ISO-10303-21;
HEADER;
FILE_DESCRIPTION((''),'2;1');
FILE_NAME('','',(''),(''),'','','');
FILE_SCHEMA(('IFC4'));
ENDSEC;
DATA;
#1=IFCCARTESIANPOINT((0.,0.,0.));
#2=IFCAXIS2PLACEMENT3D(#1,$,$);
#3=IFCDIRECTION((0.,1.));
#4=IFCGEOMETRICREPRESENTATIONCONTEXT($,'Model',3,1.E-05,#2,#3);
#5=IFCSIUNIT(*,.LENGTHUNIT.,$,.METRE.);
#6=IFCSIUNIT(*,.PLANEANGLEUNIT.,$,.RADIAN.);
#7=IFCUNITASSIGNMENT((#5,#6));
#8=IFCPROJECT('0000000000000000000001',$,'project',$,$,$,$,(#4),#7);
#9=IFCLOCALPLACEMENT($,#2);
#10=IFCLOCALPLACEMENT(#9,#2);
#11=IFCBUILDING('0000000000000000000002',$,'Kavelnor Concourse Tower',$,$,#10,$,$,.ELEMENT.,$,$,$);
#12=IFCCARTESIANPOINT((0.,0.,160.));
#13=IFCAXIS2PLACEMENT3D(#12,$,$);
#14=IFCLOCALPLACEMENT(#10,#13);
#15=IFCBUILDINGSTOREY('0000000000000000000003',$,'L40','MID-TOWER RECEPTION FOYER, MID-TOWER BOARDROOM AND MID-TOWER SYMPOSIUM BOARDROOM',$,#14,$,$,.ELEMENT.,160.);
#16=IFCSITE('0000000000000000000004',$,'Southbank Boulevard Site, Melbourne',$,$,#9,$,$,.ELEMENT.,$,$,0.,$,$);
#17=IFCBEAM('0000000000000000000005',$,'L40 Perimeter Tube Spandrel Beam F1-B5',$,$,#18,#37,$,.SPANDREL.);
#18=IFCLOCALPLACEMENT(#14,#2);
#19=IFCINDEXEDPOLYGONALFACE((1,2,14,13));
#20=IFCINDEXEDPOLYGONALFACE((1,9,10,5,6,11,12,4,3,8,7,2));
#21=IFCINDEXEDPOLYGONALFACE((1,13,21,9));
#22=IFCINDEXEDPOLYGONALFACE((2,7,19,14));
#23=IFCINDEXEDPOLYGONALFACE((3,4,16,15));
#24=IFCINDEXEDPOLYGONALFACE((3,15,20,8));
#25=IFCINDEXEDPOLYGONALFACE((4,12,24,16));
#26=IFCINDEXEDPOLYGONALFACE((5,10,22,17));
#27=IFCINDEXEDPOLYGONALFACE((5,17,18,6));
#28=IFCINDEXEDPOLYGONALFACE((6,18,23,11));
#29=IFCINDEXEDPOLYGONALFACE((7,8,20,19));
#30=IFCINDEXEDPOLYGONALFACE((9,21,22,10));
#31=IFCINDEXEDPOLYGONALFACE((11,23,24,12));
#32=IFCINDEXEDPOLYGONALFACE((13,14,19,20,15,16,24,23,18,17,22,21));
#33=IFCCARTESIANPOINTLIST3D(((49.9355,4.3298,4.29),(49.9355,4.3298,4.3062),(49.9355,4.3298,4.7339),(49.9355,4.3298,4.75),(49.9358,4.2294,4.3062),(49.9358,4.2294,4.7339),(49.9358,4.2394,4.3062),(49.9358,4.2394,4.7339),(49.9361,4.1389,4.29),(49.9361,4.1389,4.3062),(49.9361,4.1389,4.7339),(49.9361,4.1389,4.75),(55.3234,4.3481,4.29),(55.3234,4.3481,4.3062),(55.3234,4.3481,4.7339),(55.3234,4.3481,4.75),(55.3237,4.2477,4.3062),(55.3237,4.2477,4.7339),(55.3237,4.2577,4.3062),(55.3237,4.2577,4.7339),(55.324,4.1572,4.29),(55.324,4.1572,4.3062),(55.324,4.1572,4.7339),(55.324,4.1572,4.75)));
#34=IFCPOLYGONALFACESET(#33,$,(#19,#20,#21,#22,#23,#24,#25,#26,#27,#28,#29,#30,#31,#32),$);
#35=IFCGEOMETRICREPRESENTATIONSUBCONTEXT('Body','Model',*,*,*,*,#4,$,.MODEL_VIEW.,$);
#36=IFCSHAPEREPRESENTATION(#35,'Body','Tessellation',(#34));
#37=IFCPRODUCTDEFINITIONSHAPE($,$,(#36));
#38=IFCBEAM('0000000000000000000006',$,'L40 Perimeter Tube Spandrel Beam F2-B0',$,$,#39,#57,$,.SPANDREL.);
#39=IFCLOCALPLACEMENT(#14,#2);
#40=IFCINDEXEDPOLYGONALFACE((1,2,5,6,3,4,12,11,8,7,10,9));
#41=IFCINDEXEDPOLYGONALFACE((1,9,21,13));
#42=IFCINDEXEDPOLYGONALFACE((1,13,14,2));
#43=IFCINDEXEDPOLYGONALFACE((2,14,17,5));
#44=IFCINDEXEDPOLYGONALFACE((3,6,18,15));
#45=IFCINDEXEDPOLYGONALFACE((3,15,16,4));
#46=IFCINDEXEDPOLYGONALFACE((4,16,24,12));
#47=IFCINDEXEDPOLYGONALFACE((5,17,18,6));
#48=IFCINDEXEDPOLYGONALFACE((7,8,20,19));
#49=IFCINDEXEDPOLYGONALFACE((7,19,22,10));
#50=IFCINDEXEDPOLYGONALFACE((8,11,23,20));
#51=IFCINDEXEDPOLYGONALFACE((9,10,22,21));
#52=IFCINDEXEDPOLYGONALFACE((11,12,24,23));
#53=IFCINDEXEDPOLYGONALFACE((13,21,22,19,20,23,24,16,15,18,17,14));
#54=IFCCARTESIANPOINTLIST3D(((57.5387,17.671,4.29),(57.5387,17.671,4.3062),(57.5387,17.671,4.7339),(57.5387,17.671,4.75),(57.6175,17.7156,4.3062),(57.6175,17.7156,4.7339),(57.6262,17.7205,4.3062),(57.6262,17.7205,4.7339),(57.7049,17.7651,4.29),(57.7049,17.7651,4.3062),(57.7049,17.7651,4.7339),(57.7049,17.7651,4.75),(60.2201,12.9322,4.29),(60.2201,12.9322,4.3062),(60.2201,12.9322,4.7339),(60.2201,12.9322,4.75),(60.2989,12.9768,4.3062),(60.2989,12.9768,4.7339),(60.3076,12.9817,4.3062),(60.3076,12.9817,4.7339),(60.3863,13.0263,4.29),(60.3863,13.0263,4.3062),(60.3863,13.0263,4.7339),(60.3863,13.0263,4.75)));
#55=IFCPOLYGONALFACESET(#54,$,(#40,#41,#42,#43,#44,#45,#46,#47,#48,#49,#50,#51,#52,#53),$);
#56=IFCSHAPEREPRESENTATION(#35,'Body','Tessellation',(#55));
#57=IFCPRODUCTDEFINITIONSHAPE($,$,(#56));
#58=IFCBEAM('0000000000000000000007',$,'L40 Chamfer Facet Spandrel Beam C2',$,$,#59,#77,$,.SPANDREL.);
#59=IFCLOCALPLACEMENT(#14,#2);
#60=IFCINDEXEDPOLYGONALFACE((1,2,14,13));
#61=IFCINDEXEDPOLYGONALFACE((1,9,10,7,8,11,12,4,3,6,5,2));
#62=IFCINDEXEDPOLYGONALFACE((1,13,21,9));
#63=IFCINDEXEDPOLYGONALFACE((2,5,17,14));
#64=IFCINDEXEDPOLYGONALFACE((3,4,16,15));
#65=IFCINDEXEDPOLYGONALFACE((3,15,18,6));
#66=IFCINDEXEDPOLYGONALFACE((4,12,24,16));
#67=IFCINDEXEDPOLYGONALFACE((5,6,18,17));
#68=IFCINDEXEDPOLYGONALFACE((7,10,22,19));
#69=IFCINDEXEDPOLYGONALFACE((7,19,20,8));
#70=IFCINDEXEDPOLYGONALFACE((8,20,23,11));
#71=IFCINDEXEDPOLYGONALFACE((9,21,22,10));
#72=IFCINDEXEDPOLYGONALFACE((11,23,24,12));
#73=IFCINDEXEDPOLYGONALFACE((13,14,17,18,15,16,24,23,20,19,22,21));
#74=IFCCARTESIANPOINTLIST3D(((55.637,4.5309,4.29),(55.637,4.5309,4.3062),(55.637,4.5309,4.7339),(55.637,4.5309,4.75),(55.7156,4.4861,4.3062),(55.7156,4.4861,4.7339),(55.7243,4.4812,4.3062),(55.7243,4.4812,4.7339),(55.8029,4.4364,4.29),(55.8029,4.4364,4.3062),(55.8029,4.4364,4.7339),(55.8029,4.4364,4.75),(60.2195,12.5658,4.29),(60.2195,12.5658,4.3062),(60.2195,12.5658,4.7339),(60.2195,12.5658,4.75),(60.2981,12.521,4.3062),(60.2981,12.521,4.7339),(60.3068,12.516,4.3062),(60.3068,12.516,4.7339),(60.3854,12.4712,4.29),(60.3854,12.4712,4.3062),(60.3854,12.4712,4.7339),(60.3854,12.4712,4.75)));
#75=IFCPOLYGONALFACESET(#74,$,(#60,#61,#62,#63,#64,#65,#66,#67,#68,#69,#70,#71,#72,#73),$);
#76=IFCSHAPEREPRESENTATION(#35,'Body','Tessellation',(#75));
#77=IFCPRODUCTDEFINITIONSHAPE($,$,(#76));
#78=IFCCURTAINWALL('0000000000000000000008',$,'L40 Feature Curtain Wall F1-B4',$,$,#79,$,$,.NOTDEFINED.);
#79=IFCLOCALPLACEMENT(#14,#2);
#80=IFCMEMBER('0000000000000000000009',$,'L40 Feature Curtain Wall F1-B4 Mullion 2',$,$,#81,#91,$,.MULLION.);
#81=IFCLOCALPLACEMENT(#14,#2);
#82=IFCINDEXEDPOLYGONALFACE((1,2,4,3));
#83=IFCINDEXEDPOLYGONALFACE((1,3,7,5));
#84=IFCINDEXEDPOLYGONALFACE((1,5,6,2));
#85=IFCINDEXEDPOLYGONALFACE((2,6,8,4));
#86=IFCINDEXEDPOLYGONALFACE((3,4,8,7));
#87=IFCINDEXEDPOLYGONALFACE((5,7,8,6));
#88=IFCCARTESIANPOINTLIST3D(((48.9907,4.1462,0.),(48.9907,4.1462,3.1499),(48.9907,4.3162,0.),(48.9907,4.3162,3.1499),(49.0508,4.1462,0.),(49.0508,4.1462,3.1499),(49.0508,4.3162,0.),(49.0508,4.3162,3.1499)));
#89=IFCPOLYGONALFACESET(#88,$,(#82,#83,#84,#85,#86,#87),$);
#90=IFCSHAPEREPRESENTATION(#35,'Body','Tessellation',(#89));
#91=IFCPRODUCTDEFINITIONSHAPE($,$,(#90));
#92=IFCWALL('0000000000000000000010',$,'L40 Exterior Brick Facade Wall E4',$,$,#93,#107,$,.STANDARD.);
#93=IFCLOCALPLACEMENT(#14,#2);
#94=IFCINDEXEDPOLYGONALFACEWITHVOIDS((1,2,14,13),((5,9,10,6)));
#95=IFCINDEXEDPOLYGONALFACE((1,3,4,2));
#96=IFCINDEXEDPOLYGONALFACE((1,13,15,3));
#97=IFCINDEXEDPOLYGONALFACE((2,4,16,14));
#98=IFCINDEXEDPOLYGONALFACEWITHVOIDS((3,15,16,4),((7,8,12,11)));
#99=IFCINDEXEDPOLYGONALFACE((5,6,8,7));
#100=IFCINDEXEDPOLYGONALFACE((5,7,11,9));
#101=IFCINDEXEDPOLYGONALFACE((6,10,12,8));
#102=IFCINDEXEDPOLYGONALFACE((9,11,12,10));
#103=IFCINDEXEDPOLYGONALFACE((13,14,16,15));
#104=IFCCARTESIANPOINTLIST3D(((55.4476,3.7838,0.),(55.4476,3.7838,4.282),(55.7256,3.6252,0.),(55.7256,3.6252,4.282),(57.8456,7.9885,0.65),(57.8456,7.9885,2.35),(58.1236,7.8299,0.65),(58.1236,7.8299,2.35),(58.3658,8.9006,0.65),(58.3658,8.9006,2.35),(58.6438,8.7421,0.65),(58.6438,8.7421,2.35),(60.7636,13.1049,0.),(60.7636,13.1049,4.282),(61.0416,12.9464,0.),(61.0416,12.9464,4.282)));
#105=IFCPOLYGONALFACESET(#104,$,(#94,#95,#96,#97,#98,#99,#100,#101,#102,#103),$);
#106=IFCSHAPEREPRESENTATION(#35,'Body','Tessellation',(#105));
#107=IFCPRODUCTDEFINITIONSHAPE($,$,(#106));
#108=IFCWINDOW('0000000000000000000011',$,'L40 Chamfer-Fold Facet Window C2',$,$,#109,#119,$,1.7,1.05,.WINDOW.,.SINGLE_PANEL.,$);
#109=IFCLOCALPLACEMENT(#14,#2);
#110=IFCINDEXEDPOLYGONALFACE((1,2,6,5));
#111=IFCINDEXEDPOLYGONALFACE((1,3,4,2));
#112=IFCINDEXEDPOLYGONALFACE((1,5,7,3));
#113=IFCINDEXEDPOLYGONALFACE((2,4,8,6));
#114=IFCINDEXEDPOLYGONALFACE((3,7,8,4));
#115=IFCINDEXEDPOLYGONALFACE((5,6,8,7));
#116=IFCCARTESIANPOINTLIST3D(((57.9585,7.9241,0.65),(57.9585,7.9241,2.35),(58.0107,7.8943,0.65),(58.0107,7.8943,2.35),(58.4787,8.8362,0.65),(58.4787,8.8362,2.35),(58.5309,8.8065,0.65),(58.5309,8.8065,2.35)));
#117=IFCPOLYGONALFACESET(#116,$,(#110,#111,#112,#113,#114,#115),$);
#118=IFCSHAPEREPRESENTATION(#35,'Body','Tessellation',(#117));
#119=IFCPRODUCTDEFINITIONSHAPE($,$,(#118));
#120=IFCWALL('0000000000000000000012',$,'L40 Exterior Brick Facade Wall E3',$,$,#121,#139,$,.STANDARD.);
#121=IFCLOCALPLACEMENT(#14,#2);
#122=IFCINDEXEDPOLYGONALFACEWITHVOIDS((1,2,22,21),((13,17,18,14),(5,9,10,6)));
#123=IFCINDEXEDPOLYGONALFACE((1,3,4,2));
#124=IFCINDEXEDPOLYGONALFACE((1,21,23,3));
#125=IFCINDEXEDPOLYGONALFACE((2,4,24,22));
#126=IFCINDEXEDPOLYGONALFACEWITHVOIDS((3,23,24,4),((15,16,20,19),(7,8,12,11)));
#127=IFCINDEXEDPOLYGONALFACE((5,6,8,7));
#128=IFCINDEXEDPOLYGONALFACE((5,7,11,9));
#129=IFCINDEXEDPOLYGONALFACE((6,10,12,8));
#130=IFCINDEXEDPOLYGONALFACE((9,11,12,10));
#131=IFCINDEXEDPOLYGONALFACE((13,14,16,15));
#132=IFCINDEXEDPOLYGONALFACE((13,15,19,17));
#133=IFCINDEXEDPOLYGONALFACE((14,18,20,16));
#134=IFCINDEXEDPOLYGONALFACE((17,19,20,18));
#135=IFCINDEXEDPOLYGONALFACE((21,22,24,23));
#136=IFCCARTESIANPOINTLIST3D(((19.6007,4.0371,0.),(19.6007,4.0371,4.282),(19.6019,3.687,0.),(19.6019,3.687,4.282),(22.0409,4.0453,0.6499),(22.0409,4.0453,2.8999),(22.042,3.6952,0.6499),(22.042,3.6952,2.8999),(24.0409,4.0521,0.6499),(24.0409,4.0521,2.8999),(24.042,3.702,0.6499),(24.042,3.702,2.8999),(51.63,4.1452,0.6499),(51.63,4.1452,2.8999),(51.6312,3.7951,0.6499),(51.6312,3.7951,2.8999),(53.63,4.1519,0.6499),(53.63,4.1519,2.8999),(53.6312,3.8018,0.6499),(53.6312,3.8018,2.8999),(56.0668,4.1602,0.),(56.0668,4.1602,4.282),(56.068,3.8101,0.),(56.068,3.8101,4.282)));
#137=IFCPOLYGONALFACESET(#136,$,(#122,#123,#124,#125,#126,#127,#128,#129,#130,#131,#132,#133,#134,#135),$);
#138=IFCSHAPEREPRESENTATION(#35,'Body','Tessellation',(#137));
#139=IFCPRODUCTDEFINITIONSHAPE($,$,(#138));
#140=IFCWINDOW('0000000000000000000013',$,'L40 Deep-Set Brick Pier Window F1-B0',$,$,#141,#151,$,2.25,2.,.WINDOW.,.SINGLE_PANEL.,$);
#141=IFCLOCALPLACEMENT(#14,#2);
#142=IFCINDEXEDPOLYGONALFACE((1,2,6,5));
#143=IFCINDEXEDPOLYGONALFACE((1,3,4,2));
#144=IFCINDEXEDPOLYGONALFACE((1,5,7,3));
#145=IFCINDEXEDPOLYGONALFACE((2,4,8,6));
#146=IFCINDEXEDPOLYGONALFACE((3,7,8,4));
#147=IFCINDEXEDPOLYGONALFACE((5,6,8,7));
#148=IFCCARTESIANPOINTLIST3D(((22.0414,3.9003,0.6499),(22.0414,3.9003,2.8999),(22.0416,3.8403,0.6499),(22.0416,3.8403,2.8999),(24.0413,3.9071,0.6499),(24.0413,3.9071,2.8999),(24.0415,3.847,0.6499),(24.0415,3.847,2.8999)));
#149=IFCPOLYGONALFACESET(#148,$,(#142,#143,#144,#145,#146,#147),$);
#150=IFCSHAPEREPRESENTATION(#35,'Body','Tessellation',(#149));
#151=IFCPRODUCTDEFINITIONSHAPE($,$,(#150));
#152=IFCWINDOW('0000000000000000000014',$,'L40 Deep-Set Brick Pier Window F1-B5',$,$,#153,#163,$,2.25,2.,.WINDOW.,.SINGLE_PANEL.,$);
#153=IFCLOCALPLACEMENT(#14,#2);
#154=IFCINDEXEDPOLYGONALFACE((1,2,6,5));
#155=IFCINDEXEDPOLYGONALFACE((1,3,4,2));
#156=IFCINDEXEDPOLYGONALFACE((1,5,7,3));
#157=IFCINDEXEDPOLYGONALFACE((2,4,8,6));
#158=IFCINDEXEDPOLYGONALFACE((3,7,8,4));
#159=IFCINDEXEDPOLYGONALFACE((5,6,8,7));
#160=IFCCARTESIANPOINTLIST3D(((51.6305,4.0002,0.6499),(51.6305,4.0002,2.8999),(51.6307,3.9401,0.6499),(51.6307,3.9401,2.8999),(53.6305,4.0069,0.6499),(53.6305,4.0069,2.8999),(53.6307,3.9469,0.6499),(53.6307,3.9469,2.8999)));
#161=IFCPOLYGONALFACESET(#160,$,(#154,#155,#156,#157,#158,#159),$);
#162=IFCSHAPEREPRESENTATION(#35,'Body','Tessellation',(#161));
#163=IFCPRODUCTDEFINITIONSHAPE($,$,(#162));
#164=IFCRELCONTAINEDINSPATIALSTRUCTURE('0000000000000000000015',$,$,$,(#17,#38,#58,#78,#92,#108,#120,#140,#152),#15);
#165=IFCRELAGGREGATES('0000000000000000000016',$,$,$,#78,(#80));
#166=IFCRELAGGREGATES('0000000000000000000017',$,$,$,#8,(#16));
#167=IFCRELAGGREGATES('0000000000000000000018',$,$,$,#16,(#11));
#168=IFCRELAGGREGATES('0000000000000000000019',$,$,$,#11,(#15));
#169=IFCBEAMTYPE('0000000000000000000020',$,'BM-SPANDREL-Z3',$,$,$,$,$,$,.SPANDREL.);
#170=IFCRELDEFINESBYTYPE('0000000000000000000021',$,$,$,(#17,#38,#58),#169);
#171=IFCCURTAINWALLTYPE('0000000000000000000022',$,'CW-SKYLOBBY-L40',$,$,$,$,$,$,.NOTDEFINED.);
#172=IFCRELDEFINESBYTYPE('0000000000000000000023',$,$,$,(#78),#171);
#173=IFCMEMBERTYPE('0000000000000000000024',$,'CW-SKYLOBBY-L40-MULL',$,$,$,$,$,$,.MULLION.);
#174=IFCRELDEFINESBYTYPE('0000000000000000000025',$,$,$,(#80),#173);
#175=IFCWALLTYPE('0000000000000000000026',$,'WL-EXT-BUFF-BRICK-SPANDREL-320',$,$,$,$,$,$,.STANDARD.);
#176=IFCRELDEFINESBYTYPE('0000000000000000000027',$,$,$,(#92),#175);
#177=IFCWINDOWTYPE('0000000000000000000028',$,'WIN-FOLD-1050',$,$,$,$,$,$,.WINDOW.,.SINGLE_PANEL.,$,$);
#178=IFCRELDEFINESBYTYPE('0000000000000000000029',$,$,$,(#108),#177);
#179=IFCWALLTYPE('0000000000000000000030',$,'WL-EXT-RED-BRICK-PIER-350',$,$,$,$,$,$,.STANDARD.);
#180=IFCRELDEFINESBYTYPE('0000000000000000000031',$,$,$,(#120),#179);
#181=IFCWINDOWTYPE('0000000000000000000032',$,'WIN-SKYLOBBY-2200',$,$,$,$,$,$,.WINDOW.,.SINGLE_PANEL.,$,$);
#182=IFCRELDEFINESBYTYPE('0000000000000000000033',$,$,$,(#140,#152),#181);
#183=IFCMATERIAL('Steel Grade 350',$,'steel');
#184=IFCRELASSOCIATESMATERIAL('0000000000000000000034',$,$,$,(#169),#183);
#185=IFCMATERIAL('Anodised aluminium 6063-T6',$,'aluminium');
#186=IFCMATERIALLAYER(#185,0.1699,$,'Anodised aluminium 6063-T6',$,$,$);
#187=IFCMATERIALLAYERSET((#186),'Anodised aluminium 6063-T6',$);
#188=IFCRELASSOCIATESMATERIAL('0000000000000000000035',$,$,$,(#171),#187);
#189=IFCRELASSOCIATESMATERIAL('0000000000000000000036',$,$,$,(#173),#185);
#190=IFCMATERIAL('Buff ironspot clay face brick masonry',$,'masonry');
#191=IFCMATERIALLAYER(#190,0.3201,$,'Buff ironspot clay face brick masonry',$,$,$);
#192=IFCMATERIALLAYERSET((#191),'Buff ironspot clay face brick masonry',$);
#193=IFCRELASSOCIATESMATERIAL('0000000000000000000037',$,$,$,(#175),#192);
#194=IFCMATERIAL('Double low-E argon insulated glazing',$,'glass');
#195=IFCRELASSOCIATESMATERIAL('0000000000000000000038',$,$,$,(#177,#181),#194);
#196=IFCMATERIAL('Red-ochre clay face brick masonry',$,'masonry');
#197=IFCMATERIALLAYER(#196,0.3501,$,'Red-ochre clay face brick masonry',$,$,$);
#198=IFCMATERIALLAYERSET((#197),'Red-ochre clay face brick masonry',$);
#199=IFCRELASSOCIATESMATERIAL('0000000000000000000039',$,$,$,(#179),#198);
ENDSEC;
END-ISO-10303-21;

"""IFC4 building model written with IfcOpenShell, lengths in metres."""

from ifc_helpers import new_model, si_unit, direction, frame, frame_2d, origin, origin_2d, place, context, subcontext, project, spatial, rectangle, i_section, extrude, material, layer, layer_set, material_profile, profile_set, type_object, element, fill, aggregate, save


model = new_model("IFC4")

# Units and contexts
model_context = context("Model", 3, precision=1e-05, world=origin(), true_north=direction((0.0, 1.0)))
body_context = subcontext(model_context, "Body", "Model", "MODEL_VIEW")
ifc_project = project(units=[si_unit("LENGTHUNIT", "METRE"), si_unit("PLANEANGLEUNIT", "RADIAN")], contexts=[model_context])

# Site, building, storey
site_placement = place(None, origin())
site = spatial("IfcSite", under=ifc_project, at=site_placement, Name="Southbank Boulevard Site, Melbourne", CompositionType="ELEMENT", RefElevation=0.0)
building_placement = place(site_placement, origin())
building = spatial("IfcBuilding", under=site, at=building_placement, Name="Kavelnor Concourse Tower", CompositionType="ELEMENT")
storey_placement = place(building_placement, frame((0.0, 0.0, 160.0)))
storey = spatial("IfcBuildingStorey", under=building, at=storey_placement, Name="L40", Description="MID-TOWER RECEPTION FOYER, MID-TOWER BOARDROOM AND MID-TOWER SYMPOSIUM BOARDROOM", CompositionType="ELEMENT", Elevation=160.0)

# Shared definitions
ifc_material_1 = material(Name="Steel Grade 350", Category="steel")

# Beams
ifc_material_profile_1 = material_profile(ifc_material_1, i_section(OverallWidth=0.1909, OverallDepth=0.46, WebThickness=0.01, FlangeThickness=0.0161, at=origin_2d()), Name="460UB82")
ifc_profile_set_1 = profile_set([ifc_material_profile_1], Name="Steel Grade 350")
beam_type_1 = type_object("IfcBeamType", Name="BM-SPANDREL-Z3", PredefinedType="SPANDREL", material=ifc_profile_set_1)
beam_1_placement = place(storey_placement, frame((49.9358, 4.2344, 4.52), z_axis=(0.999994, 0.003398, 0.0), x_axis=(-0.003398, 0.999994, 0.0)))
element("IfcBeam", 1, at=beam_1_placement, inside=storey, type_object=beam_type_1, Name="L40 Perimeter Tube Spandrel Beam F1-B5", PredefinedType="SPANDREL", context=body_context, shape_type="SweptSolid", body=[
    extrude(i_section(OverallWidth=0.1909, OverallDepth=0.46, WebThickness=0.01, FlangeThickness=0.0161, at=origin_2d()), origin(), (0.0, 0.0, 1.0), 5.3879),
])
beam_2_placement = place(storey_placement, frame((60.3032, 12.9792, 4.52), z_axis=(-0.492469, 0.87033, 0.0), x_axis=(-0.87033, -0.492469, 0.0)))
element("IfcBeam", 2, at=beam_2_placement, inside=storey, type_object=beam_type_1, Name="L40 Perimeter Tube Spandrel Beam F2-B0", PredefinedType="SPANDREL", context=body_context, shape_type="SweptSolid", body=[
    extrude(i_section(OverallWidth=0.1909, OverallDepth=0.46, WebThickness=0.01, FlangeThickness=0.0161, at=origin_2d()), origin(), (0.0, 0.0, 1.0), 5.4448),
])
beam_3_placement = place(storey_placement, frame((55.72, 4.4836, 4.52), z_axis=(0.495417, 0.868655, 0.0), x_axis=(-0.868655, 0.495417, 0.0)))
element("IfcBeam", 3, at=beam_3_placement, inside=storey, type_object=beam_type_1, Name="L40 Chamfer Facet Spandrel Beam C2", PredefinedType="SPANDREL", context=body_context, shape_type="SweptSolid", body=[
    extrude(i_section(OverallWidth=0.1909, OverallDepth=0.46, WebThickness=0.01, FlangeThickness=0.0161, at=origin_2d()), origin(), (0.0, 0.0, 1.0), 9.2498),
])

# Curtain wall, member
ifc_material_2 = material(Name="Anodised aluminium 6063-T6", Category="aluminium")
ifc_layer_1 = layer(ifc_material_2, 0.1699, Name="Anodised aluminium 6063-T6")
ifc_layer_set_1 = layer_set([ifc_layer_1], Name="Anodised aluminium 6063-T6")
curtain_wall_type = type_object("IfcCurtainWallType", Name="CW-SKYLOBBY-L40", PredefinedType="NOTDEFINED", material=ifc_layer_set_1)
curtain_wall_placement = place(storey_placement, origin())
curtain_wall = element("IfcCurtainWall", 4, at=curtain_wall_placement, inside=storey, type_object=curtain_wall_type, Name="L40 Feature Curtain Wall F1-B4", PredefinedType="NOTDEFINED")
ifc_material_profile_2 = material_profile(ifc_material_2, rectangle(XDim=0.0601, YDim=0.1699, at=origin_2d()), Name="AL-MULL 60x170")
ifc_profile_set_2 = profile_set([ifc_material_profile_2], Name="Anodised aluminium 6063-T6")
member_type = type_object("IfcMemberType", Name="CW-SKYLOBBY-L40-MULL", PredefinedType="MULLION", material=ifc_profile_set_2)
member_placement = place(storey_placement, frame((49.0208, 4.2312, 0.0), z_axis=(0.0, 0.0, 1.0), x_axis=(1.0, 0.0, 0.0)))
member = element("IfcMember", 5, at=member_placement, type_object=member_type, Name="L40 Feature Curtain Wall F1-B4 Mullion 2", PredefinedType="MULLION", context=body_context, shape_type="SweptSolid", body=[
    extrude(rectangle(XDim=0.0601, YDim=0.1699, at=origin_2d()), origin(), (0.0, 0.0, 1.0), 3.1499),
])
aggregate(curtain_wall, [member])

# Wall, opening, window
ifc_material_3 = material(Name="Buff ironspot clay face brick masonry", Category="masonry")
ifc_layer_2 = layer(ifc_material_3, 0.3201, Name="Buff ironspot clay face brick masonry")
ifc_layer_set_2 = layer_set([ifc_layer_2], Name="Buff ironspot clay face brick masonry")
wall_type_1 = type_object("IfcWallType", Name="WL-EXT-BUFF-BRICK-SPANDREL-320", PredefinedType="STANDARD", material=ifc_layer_set_2)
wall_1_placement = place(storey_placement, frame((60.9026, 13.0256, 0.0), z_axis=(0.0, 0.0, 1.0), x_axis=(-0.495409, -0.86866, 0.0)))
wall_1 = element("IfcWall", 6, at=wall_1_placement, inside=storey, type_object=wall_type_1, Name="L40 Exterior Brick Facade Wall E4", PredefinedType="STANDARD", context=body_context, shape_type="SweptSolid", body=[
    extrude(rectangle(XDim=10.7305, YDim=0.3201, at=frame_2d((5.3652, 0.0))), origin(), (0.0, 0.0, 1.0), 4.282),
])
opening_1_placement = place(wall_1_placement, frame((4.8401, 0.0, 0.6499)))
opening_1 = element("IfcOpeningElement", 7, at=opening_1_placement, cuts=wall_1, PredefinedType="OPENING", context=body_context, shape_type="SweptSolid", body=[
    extrude(rectangle(XDim=1.05, YDim=1.7, at=frame_2d((0.5249, 0.8501))), frame((0.0, 0.1699, 0.0), z_axis=(0.0, -1.0, 0.0), x_axis=(1.0, 0.0, 0.0)), (0.0, 0.0, 1.0), 0.3401),
])
ifc_material_4 = material(Name="Double low-E argon insulated glazing", Category="glass")
window_type_1 = type_object("IfcWindowType", Name="WIN-FOLD-1050", PartitioningType="SINGLE_PANEL", PredefinedType="WINDOW", material=ifc_material_4)
window_1_placement = place(opening_1_placement, origin())
window_1 = element("IfcWindow", 8, at=window_1_placement, inside=storey, type_object=window_type_1, Name="L40 Chamfer-Fold Facet Window C2", OverallHeight=1.7, OverallWidth=1.05, PartitioningType="SINGLE_PANEL", PredefinedType="WINDOW", context=body_context, shape_type="SweptSolid", body=[
    extrude(rectangle(XDim=1.05, YDim=1.7, at=frame_2d((0.5249, 0.8501))), frame((0.0, 0.03, 0.0), z_axis=(0.0, -1.0, 0.0), x_axis=(1.0, 0.0, 0.0)), (0.0, 0.0, 1.0), 0.0601),
])
fill(opening_1, window_1)

# Wall, openings, windows
ifc_material_5 = material(Name="Red-ochre clay face brick masonry", Category="masonry")
ifc_layer_3 = layer(ifc_material_5, 0.3501, Name="Red-ochre clay face brick masonry")
ifc_layer_set_3 = layer_set([ifc_layer_3], Name="Red-ochre clay face brick masonry")
wall_type_2 = type_object("IfcWallType", Name="WL-EXT-RED-BRICK-PIER-350", PredefinedType="STANDARD", material=ifc_layer_set_3)
wall_2_placement = place(storey_placement, frame((56.0674, 3.9851, 0.0), z_axis=(0.0, 0.0, 1.0), x_axis=(-0.999994, -0.003374, 0.0)))
wall_2 = element("IfcWall", 9, at=wall_2_placement, inside=storey, type_object=wall_type_2, Name="L40 Exterior Brick Facade Wall E3", PredefinedType="STANDARD", context=body_context, shape_type="SweptSolid", body=[
    extrude(rectangle(XDim=36.4663, YDim=0.3501, at=frame_2d((18.2332, 0.0))), origin(), (0.0, 0.0, 1.0), 4.282),
])
opening_2_placement = place(wall_2_placement, frame((32.0261, 0.0, 0.6499)))
opening_2 = element("IfcOpeningElement", 10, at=opening_2_placement, cuts=wall_2, PredefinedType="OPENING", context=body_context, shape_type="SweptSolid", body=[
    extrude(rectangle(XDim=2.0, YDim=2.25, at=frame_2d((1.0, 1.125))), frame((0.0, 0.1851, 0.0), z_axis=(0.0, -1.0, 0.0), x_axis=(1.0, 0.0, 0.0)), (0.0, 0.0, 1.0), 0.3701),
])
opening_3_placement = place(wall_2_placement, frame((2.4368, 0.0, 0.6499)))
opening_3 = element("IfcOpeningElement", 11, at=opening_3_placement, cuts=wall_2, PredefinedType="OPENING", context=body_context, shape_type="SweptSolid", body=[
    extrude(rectangle(XDim=2.0, YDim=2.25, at=frame_2d((1.0, 1.125))), frame((0.0, 0.1851, 0.0), z_axis=(0.0, -1.0, 0.0), x_axis=(1.0, 0.0, 0.0)), (0.0, 0.0, 1.0), 0.3701),
])
window_type_2 = type_object("IfcWindowType", Name="WIN-SKYLOBBY-2200", PartitioningType="SINGLE_PANEL", PredefinedType="WINDOW", material=ifc_material_4)
window_2_placement = place(opening_2_placement, origin())
window_2 = element("IfcWindow", 12, at=window_2_placement, inside=storey, type_object=window_type_2, Name="L40 Deep-Set Brick Pier Window F1-B0", OverallHeight=2.25, OverallWidth=2.0, PartitioningType="SINGLE_PANEL", PredefinedType="WINDOW", context=body_context, shape_type="SweptSolid", body=[
    extrude(rectangle(XDim=2.0, YDim=2.25, at=frame_2d((1.0, 1.125))), frame((0.0, 0.03, 0.0), z_axis=(0.0, -1.0, 0.0), x_axis=(1.0, 0.0, 0.0)), (0.0, 0.0, 1.0), 0.0601),
])
fill(opening_2, window_2)
window_3_placement = place(opening_3_placement, origin())
window_3 = element("IfcWindow", 13, at=window_3_placement, inside=storey, type_object=window_type_2, Name="L40 Deep-Set Brick Pier Window F1-B5", OverallHeight=2.25, OverallWidth=2.0, PartitioningType="SINGLE_PANEL", PredefinedType="WINDOW", context=body_context, shape_type="SweptSolid", body=[
    extrude(rectangle(XDim=2.0, YDim=2.25, at=frame_2d((1.0, 1.125))), frame((0.0, 0.03, 0.0), z_axis=(0.0, -1.0, 0.0), x_axis=(1.0, 0.0, 0.0)), (0.0, 0.0, 1.0), 0.0601),
])
fill(opening_3, window_3)

save(model, "model.ifc")
